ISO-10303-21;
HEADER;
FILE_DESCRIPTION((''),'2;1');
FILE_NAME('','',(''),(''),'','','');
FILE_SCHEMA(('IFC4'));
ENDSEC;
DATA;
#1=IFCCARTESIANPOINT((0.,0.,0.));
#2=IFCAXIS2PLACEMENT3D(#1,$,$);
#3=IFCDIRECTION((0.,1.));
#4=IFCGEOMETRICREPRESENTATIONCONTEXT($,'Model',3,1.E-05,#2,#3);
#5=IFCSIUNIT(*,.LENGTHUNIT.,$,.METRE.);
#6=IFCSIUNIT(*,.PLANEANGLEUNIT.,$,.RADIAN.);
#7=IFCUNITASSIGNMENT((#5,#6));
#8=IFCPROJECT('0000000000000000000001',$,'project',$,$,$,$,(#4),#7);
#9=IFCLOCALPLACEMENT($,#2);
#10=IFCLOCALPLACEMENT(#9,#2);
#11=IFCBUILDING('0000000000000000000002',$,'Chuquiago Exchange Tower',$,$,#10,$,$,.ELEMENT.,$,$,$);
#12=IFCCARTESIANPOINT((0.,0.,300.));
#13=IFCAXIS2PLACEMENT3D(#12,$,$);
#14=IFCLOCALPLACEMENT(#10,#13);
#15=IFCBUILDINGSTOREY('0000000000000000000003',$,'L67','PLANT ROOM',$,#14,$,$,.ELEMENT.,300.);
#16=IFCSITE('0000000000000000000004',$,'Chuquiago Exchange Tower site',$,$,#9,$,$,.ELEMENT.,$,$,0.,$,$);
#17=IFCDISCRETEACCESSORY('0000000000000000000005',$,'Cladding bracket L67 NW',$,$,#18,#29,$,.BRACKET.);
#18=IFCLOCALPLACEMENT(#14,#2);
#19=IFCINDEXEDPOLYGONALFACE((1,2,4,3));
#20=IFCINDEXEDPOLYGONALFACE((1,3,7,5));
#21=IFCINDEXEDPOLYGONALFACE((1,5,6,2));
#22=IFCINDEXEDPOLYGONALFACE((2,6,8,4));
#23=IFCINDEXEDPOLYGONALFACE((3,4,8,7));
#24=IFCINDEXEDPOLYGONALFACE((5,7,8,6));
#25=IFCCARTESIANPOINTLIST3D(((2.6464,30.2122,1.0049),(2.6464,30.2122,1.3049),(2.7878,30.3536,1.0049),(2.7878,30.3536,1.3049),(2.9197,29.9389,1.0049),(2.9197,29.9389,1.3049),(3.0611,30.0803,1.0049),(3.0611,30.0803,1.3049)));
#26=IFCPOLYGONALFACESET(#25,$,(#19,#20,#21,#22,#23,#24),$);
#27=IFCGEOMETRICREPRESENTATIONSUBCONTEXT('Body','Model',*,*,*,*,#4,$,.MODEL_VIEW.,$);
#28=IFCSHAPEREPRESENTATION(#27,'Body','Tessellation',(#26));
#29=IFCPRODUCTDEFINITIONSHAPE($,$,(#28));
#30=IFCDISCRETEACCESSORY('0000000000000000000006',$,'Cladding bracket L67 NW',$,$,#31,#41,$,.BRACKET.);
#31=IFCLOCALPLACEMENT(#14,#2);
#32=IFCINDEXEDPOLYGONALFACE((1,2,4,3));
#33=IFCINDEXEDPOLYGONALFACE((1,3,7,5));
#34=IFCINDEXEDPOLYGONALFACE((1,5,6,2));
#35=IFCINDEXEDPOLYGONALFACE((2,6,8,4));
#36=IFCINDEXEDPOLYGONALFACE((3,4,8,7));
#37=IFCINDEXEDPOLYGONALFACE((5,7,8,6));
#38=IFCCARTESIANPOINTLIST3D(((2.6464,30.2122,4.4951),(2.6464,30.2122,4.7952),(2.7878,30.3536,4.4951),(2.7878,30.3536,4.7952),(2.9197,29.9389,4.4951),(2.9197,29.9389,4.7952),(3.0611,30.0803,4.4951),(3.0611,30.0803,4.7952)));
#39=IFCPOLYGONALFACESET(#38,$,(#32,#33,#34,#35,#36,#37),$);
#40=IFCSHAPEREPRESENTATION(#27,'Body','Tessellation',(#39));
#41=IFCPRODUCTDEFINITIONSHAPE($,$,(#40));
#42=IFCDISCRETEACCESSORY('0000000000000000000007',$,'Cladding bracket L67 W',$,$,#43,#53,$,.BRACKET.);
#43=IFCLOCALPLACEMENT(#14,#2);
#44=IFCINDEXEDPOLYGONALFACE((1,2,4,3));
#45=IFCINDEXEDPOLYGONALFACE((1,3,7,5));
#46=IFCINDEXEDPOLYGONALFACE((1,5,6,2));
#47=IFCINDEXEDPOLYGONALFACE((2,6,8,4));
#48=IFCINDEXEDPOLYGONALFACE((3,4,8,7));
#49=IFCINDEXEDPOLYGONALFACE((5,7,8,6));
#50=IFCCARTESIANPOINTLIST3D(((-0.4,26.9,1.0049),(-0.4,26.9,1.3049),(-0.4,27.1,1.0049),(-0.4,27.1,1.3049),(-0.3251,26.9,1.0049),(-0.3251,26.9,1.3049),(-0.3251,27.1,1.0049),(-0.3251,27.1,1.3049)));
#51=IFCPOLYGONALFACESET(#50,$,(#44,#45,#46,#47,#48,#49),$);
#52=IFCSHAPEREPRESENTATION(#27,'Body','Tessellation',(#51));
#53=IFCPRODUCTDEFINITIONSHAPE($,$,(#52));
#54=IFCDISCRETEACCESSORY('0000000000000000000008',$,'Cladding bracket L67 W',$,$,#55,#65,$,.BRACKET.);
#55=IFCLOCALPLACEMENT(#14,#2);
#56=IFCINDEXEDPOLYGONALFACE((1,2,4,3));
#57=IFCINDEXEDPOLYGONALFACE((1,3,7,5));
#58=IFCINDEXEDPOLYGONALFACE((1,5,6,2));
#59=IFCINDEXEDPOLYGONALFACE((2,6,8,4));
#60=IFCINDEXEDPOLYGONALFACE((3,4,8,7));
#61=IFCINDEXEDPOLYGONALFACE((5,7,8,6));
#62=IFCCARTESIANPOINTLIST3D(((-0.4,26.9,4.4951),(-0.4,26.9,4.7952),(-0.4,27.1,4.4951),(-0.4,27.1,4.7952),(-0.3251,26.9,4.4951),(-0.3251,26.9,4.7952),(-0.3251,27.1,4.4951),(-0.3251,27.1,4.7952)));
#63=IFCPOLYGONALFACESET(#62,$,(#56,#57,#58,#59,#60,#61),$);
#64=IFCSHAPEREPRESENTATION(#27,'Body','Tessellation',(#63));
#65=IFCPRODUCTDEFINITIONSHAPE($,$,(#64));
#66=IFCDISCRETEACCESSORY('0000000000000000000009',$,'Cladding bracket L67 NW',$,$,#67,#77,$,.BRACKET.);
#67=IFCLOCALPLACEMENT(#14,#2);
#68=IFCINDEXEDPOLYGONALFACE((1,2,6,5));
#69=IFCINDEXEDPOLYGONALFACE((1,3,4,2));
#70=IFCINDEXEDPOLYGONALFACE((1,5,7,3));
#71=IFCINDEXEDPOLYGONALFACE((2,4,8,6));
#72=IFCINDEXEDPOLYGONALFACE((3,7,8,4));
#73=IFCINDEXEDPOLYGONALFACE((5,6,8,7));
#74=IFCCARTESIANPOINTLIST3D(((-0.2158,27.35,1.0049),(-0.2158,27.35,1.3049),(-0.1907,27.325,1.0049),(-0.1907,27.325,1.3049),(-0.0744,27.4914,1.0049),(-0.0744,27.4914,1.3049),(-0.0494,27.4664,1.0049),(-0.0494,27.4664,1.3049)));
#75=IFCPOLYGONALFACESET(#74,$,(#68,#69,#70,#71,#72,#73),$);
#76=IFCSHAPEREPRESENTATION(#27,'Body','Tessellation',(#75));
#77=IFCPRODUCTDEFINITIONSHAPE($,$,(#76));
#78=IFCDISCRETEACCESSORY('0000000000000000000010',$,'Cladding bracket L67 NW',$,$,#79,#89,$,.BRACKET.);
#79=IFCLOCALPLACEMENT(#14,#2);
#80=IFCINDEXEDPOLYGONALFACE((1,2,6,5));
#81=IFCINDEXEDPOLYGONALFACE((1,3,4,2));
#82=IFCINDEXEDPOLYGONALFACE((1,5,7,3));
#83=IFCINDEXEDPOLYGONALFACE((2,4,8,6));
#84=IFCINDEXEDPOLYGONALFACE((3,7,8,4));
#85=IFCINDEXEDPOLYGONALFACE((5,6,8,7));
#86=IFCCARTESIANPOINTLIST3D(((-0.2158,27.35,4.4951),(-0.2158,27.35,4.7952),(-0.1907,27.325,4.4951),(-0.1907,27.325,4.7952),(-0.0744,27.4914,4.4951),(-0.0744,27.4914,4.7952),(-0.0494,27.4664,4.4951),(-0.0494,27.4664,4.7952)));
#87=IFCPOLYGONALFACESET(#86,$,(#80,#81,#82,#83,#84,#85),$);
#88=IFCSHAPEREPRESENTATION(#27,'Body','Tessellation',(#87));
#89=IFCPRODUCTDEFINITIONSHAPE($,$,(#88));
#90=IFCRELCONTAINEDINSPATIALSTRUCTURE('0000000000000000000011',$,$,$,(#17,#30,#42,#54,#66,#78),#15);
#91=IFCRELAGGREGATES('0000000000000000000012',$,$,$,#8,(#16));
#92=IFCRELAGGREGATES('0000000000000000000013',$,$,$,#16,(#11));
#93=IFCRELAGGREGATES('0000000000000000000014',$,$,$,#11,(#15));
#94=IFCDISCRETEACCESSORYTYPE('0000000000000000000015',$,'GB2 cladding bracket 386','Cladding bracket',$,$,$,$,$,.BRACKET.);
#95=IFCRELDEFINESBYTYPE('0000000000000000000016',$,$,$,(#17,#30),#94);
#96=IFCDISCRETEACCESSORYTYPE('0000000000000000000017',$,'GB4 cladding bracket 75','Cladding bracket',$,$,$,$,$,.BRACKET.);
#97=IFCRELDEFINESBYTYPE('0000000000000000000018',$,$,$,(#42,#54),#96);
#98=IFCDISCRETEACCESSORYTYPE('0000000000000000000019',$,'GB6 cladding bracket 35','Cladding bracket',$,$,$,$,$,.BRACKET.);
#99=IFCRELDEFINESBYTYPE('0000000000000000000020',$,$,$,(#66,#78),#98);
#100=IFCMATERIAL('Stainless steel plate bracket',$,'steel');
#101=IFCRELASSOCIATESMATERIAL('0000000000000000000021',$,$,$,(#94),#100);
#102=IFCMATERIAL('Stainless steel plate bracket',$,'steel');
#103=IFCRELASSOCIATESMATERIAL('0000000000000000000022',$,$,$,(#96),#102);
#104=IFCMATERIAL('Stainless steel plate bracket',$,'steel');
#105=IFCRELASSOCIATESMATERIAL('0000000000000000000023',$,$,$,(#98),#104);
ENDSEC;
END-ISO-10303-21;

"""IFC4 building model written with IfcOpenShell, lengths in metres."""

from ifc_helpers import new_model, si_unit, direction, frame, origin, origin_2d, place, context, subcontext, project, spatial, rectangle, extrude, material, type_object, element, save


model = new_model("IFC4")

# Units and contexts
model_context = context("Model", 3, precision=1e-05, world=origin(), true_north=direction((0.0, 1.0)))
body_context = subcontext(model_context, "Body", "Model", "MODEL_VIEW")
ifc_project = project(units=[si_unit("LENGTHUNIT", "METRE"), si_unit("PLANEANGLEUNIT", "RADIAN")], contexts=[model_context])

# Site, building, storey
site_placement = place(None, origin())
site = spatial("IfcSite", under=ifc_project, at=site_placement, Name="Chuquiago Exchange Tower site", CompositionType="ELEMENT", RefElevation=0.0)
building_placement = place(site_placement, origin())
building = spatial("IfcBuilding", under=site, at=building_placement, Name="Chuquiago Exchange Tower", CompositionType="ELEMENT")
storey_placement = place(building_placement, frame((0.0, 0.0, 300.0)))
storey = spatial("IfcBuildingStorey", under=building, at=storey_placement, Name="L67", Description="PLANT ROOM", CompositionType="ELEMENT", Elevation=300.0)

# Discrete accessories
ifc_material_1 = material(Name="Stainless steel plate bracket", Category="steel")
discrete_accessory_type_1 = type_object("IfcDiscreteAccessoryType", Name="GB2 cladding bracket 386", Description="Cladding bracket", PredefinedType="BRACKET", material=ifc_material_1)
for number, where, z_axis, x_axis, name in (
    (1, (2.8538, 30.1462, 1.0049), (0.0, 0.0, 1.0), (-0.707107, -0.707107, 0.0), "Cladding bracket L67 NW"),
    (2, (2.8538, 30.1462, 4.4951), (0.0, 0.0, 1.0), (-0.707107, -0.707107, 0.0), "Cladding bracket L67 NW"),
):
    element("IfcDiscreteAccessory", number, at=place(storey_placement, frame(where, z_axis=z_axis, x_axis=x_axis)), inside=storey, type_object=discrete_accessory_type_1, Name=name, PredefinedType="BRACKET", context=body_context, shape_type="SweptSolid", body=[
        extrude(rectangle(XDim=0.2, YDim=0.3865, at=origin_2d()), origin(), (0.0, 0.0, 1.0), 0.3),
    ])
ifc_material_2 = material(Name="Stainless steel plate bracket", Category="steel")
discrete_accessory_type_2 = type_object("IfcDiscreteAccessoryType", Name="GB4 cladding bracket 75", Description="Cladding bracket", PredefinedType="BRACKET", material=ifc_material_2)
for number, where, z_axis, x_axis, name in (
    (3, (-0.3625, 27.0, 1.0049), (0.0, 0.0, 1.0), (0.0, -1.0, 0.0), "Cladding bracket L67 W"),
    (4, (-0.3625, 27.0, 4.4951), (0.0, 0.0, 1.0), (0.0, -1.0, 0.0), "Cladding bracket L67 W"),
):
    element("IfcDiscreteAccessory", number, at=place(storey_placement, frame(where, z_axis=z_axis, x_axis=x_axis)), inside=storey, type_object=discrete_accessory_type_2, Name=name, PredefinedType="BRACKET", context=body_context, shape_type="SweptSolid", body=[
        extrude(rectangle(XDim=0.2, YDim=0.075, at=origin_2d()), origin(), (0.0, 0.0, 1.0), 0.3),
    ])
ifc_material_3 = material(Name="Stainless steel plate bracket", Category="steel")
discrete_accessory_type_3 = type_object("IfcDiscreteAccessoryType", Name="GB6 cladding bracket 35", Description="Cladding bracket", PredefinedType="BRACKET", material=ifc_material_3)
for number, where, z_axis, x_axis, name in (
    (5, (-0.1326, 27.4082, 1.0049), (0.0, 0.0, 1.0), (-0.707107, -0.707107, 0.0), "Cladding bracket L67 NW"),
    (6, (-0.1326, 27.4082, 4.4951), (0.0, 0.0, 1.0), (-0.707107, -0.707107, 0.0), "Cladding bracket L67 NW"),
):
    element("IfcDiscreteAccessory", number, at=place(storey_placement, frame(where, z_axis=z_axis, x_axis=x_axis)), inside=storey, type_object=discrete_accessory_type_3, Name=name, PredefinedType="BRACKET", context=body_context, shape_type="SweptSolid", body=[
        extrude(rectangle(XDim=0.2, YDim=0.0354, at=origin_2d()), origin(), (0.0, 0.0, 1.0), 0.3),
    ])

save(model, "model.ifc")
